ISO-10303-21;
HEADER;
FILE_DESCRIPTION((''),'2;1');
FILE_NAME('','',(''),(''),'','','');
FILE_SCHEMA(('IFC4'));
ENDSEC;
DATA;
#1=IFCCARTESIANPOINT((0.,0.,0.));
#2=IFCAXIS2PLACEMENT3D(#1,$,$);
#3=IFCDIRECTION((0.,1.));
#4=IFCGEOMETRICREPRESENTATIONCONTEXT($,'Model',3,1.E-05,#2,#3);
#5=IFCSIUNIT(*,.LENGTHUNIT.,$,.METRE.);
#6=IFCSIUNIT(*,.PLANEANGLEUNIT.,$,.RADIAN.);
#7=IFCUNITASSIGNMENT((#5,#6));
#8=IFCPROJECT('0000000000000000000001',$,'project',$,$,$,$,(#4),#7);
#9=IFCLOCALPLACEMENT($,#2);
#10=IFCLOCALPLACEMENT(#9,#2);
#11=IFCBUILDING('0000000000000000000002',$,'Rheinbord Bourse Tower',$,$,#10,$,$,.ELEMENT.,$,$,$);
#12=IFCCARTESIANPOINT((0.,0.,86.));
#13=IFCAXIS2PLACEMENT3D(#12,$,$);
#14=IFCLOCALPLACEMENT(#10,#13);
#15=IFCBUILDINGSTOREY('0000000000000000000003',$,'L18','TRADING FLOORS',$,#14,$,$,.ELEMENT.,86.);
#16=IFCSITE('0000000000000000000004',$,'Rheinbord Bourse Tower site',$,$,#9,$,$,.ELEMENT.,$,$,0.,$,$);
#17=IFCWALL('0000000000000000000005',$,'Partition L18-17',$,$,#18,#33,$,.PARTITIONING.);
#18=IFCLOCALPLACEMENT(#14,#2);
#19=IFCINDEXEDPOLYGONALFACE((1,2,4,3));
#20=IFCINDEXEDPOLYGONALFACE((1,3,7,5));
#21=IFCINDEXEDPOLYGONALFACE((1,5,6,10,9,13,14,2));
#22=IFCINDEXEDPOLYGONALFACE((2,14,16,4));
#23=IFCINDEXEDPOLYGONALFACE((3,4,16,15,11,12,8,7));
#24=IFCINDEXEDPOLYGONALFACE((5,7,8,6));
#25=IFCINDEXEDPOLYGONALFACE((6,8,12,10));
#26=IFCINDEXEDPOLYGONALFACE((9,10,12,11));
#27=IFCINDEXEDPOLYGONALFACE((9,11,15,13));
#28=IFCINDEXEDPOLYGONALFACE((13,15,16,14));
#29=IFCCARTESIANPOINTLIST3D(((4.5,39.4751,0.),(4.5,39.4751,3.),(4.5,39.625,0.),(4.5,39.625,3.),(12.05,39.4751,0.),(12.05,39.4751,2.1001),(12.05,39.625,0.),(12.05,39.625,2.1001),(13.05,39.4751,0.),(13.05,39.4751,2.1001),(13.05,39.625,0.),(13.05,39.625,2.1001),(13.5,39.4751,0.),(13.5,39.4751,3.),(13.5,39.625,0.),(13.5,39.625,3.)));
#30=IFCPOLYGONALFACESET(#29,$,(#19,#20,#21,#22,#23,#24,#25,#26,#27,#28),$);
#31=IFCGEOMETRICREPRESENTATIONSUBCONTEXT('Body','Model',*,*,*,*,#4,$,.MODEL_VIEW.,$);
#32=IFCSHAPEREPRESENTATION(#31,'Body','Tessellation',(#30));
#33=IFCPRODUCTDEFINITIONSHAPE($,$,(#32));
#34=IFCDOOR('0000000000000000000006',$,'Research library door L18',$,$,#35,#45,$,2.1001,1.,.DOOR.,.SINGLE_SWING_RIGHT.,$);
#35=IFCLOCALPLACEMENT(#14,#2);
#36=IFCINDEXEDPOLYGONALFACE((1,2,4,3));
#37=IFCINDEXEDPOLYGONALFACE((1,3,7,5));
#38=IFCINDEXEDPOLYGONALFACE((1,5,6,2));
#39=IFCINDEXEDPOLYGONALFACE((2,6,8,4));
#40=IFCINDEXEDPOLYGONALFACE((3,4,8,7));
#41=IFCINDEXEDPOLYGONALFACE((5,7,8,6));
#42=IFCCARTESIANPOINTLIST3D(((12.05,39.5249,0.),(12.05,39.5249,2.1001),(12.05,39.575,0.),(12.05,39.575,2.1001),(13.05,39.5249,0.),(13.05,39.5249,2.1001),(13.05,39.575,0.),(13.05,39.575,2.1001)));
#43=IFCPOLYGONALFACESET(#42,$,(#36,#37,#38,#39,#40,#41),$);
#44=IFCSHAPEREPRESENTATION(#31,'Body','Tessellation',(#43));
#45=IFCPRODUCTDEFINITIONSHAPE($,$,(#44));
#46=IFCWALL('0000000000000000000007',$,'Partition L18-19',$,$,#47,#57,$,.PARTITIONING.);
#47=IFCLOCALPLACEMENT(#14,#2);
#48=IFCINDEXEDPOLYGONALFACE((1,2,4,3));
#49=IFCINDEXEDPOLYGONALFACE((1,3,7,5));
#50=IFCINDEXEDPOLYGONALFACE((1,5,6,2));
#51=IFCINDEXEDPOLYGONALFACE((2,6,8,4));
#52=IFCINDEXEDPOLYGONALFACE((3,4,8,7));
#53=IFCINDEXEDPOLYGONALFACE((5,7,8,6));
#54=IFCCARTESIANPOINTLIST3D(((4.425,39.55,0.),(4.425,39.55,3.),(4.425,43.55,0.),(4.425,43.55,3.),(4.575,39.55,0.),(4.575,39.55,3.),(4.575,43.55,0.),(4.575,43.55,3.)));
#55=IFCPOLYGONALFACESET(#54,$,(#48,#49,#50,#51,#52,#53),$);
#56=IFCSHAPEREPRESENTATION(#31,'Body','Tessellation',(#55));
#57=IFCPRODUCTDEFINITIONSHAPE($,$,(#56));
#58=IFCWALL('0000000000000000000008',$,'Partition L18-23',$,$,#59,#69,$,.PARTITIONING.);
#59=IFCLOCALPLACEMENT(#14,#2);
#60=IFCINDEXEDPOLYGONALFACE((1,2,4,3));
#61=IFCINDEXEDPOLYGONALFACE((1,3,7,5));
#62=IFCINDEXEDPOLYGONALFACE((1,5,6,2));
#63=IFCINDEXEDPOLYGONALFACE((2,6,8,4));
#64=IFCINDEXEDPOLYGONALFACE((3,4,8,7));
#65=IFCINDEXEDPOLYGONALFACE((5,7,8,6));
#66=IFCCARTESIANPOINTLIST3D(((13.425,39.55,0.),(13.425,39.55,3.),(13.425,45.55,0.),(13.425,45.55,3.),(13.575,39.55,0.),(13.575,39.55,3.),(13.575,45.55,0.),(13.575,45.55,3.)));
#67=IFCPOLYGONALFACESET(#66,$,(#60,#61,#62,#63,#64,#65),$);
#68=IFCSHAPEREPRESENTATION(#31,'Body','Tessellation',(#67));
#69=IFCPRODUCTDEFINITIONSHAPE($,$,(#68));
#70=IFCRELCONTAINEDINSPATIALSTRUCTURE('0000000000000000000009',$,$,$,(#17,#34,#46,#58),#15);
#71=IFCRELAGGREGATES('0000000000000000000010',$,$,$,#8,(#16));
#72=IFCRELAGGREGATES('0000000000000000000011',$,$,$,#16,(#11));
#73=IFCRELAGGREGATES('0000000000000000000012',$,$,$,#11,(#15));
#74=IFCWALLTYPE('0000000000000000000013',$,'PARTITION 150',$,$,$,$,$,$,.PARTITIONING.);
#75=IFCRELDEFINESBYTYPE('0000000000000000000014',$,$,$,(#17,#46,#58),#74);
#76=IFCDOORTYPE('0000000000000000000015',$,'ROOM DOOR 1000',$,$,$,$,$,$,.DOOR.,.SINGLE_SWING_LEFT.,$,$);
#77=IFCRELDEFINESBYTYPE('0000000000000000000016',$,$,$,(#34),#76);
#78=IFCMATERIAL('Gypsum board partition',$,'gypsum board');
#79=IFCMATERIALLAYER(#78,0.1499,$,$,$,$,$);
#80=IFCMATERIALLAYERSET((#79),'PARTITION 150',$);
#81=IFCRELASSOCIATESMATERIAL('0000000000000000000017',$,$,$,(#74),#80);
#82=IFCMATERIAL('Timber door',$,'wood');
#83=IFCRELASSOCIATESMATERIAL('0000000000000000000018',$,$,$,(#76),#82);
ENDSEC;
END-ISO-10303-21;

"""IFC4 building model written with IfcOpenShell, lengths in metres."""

from ifc_helpers import new_model, si_unit, direction, frame, frame_2d, origin, place, context, subcontext, project, spatial, rectangle, extrude, material, layer, layer_set, type_object, element, fill, save


model = new_model("IFC4")

# Units and contexts
model_context = context("Model", 3, precision=1e-05, world=origin(), true_north=direction((0.0, 1.0)))
body_context = subcontext(model_context, "Body", "Model", "MODEL_VIEW")
ifc_project = project(units=[si_unit("LENGTHUNIT", "METRE"), si_unit("PLANEANGLEUNIT", "RADIAN")], contexts=[model_context])

# Site, building, storey
site_placement = place(None, origin())
site = spatial("IfcSite", under=ifc_project, at=site_placement, Name="Rheinbord Bourse Tower site", CompositionType="ELEMENT", RefElevation=0.0)
building_placement = place(site_placement, origin())
building = spatial("IfcBuilding", under=site, at=building_placement, Name="Rheinbord Bourse Tower", CompositionType="ELEMENT")
storey_placement = place(building_placement, frame((0.0, 0.0, 86.0)))
storey = spatial("IfcBuildingStorey", under=building, at=storey_placement, Name="L18", Description="TRADING FLOORS", CompositionType="ELEMENT", Elevation=86.0)

# Wall, opening, door
ifc_material_1 = material(Name="Gypsum board partition", Category="gypsum board")
ifc_layer_1 = layer(ifc_material_1, 0.1499)
ifc_layer_set_1 = layer_set([ifc_layer_1], Name="PARTITION 150")
wall_type_1 = type_object("IfcWallType", Name="PARTITION 150", PredefinedType="PARTITIONING", material=ifc_layer_set_1)
wall_1_placement = place(storey_placement, frame((4.5, 39.55, 0.0), z_axis=(0.0, 0.0, 1.0), x_axis=(1.0, 0.0, 0.0)))
wall_1 = element("IfcWall", 1, at=wall_1_placement, inside=storey, type_object=wall_type_1, Name="Partition L18-17", PredefinedType="PARTITIONING", context=body_context, shape_type="SweptSolid", body=[
    extrude(rectangle(XDim=9.0, YDim=0.1499, at=frame_2d((4.5, 0.0))), origin(), (0.0, 0.0, 1.0), 3.0),
])
opening_placement = place(wall_1_placement, frame((7.55, 0.0, 0.0)))
opening = element("IfcOpeningElement", 2, at=opening_placement, cuts=wall_1, PredefinedType="OPENING", context=body_context, shape_type="SweptSolid", body=[
    extrude(rectangle(XDim=1.0, YDim=2.1001, at=frame_2d((0.5, 1.05))), frame((0.0, 0.085, 0.0), z_axis=(0.0, -1.0, 0.0), x_axis=(1.0, 0.0, 0.0)), (0.0, 0.0, 1.0), 0.1699),
])
ifc_material_2 = material(Name="Timber door", Category="wood")
door_type = type_object("IfcDoorType", Name="ROOM DOOR 1000", OperationType="SINGLE_SWING_LEFT", PredefinedType="DOOR", material=ifc_material_2)
door_placement = place(opening_placement, origin())
door = element("IfcDoor", 3, at=door_placement, inside=storey, type_object=door_type, Name="Research library door L18", OperationType="SINGLE_SWING_RIGHT", OverallHeight=2.1001, OverallWidth=1.0, PredefinedType="DOOR", context=body_context, shape_type="SweptSolid", body=[
    extrude(rectangle(XDim=1.0, YDim=2.1001, at=frame_2d((0.5, 1.05))), frame((0.0, 0.0249, 0.0), z_axis=(0.0, -1.0, 0.0), x_axis=(1.0, 0.0, 0.0)), (0.0, 0.0, 1.0), 0.05),
])
fill(opening, door)

# Walls
wall_2_placement = place(storey_placement, frame((4.5, 39.55, 0.0), z_axis=(0.0, 0.0, 1.0), x_axis=(0.0, 1.0, 0.0)))
element("IfcWall", 4, at=wall_2_placement, inside=storey, type_object=wall_type_1, Name="Partition L18-19", PredefinedType="PARTITIONING", context=body_context, shape_type="SweptSolid", body=[
    extrude(rectangle(XDim=4.0, YDim=0.1499, at=frame_2d((2.0, 0.0))), origin(), (0.0, 0.0, 1.0), 3.0),
])
wall_3_placement = place(storey_placement, frame((13.5, 39.55, 0.0), z_axis=(0.0, 0.0, 1.0), x_axis=(0.0, 1.0, 0.0)))
element("IfcWall", 5, at=wall_3_placement, inside=storey, type_object=wall_type_1, Name="Partition L18-23", PredefinedType="PARTITIONING", context=body_context, shape_type="SweptSolid", body=[
    extrude(rectangle(XDim=6.0, YDim=0.1499, at=frame_2d((3.0, 0.0))), origin(), (0.0, 0.0, 1.0), 3.0),
])

save(model, "model.ifc")
